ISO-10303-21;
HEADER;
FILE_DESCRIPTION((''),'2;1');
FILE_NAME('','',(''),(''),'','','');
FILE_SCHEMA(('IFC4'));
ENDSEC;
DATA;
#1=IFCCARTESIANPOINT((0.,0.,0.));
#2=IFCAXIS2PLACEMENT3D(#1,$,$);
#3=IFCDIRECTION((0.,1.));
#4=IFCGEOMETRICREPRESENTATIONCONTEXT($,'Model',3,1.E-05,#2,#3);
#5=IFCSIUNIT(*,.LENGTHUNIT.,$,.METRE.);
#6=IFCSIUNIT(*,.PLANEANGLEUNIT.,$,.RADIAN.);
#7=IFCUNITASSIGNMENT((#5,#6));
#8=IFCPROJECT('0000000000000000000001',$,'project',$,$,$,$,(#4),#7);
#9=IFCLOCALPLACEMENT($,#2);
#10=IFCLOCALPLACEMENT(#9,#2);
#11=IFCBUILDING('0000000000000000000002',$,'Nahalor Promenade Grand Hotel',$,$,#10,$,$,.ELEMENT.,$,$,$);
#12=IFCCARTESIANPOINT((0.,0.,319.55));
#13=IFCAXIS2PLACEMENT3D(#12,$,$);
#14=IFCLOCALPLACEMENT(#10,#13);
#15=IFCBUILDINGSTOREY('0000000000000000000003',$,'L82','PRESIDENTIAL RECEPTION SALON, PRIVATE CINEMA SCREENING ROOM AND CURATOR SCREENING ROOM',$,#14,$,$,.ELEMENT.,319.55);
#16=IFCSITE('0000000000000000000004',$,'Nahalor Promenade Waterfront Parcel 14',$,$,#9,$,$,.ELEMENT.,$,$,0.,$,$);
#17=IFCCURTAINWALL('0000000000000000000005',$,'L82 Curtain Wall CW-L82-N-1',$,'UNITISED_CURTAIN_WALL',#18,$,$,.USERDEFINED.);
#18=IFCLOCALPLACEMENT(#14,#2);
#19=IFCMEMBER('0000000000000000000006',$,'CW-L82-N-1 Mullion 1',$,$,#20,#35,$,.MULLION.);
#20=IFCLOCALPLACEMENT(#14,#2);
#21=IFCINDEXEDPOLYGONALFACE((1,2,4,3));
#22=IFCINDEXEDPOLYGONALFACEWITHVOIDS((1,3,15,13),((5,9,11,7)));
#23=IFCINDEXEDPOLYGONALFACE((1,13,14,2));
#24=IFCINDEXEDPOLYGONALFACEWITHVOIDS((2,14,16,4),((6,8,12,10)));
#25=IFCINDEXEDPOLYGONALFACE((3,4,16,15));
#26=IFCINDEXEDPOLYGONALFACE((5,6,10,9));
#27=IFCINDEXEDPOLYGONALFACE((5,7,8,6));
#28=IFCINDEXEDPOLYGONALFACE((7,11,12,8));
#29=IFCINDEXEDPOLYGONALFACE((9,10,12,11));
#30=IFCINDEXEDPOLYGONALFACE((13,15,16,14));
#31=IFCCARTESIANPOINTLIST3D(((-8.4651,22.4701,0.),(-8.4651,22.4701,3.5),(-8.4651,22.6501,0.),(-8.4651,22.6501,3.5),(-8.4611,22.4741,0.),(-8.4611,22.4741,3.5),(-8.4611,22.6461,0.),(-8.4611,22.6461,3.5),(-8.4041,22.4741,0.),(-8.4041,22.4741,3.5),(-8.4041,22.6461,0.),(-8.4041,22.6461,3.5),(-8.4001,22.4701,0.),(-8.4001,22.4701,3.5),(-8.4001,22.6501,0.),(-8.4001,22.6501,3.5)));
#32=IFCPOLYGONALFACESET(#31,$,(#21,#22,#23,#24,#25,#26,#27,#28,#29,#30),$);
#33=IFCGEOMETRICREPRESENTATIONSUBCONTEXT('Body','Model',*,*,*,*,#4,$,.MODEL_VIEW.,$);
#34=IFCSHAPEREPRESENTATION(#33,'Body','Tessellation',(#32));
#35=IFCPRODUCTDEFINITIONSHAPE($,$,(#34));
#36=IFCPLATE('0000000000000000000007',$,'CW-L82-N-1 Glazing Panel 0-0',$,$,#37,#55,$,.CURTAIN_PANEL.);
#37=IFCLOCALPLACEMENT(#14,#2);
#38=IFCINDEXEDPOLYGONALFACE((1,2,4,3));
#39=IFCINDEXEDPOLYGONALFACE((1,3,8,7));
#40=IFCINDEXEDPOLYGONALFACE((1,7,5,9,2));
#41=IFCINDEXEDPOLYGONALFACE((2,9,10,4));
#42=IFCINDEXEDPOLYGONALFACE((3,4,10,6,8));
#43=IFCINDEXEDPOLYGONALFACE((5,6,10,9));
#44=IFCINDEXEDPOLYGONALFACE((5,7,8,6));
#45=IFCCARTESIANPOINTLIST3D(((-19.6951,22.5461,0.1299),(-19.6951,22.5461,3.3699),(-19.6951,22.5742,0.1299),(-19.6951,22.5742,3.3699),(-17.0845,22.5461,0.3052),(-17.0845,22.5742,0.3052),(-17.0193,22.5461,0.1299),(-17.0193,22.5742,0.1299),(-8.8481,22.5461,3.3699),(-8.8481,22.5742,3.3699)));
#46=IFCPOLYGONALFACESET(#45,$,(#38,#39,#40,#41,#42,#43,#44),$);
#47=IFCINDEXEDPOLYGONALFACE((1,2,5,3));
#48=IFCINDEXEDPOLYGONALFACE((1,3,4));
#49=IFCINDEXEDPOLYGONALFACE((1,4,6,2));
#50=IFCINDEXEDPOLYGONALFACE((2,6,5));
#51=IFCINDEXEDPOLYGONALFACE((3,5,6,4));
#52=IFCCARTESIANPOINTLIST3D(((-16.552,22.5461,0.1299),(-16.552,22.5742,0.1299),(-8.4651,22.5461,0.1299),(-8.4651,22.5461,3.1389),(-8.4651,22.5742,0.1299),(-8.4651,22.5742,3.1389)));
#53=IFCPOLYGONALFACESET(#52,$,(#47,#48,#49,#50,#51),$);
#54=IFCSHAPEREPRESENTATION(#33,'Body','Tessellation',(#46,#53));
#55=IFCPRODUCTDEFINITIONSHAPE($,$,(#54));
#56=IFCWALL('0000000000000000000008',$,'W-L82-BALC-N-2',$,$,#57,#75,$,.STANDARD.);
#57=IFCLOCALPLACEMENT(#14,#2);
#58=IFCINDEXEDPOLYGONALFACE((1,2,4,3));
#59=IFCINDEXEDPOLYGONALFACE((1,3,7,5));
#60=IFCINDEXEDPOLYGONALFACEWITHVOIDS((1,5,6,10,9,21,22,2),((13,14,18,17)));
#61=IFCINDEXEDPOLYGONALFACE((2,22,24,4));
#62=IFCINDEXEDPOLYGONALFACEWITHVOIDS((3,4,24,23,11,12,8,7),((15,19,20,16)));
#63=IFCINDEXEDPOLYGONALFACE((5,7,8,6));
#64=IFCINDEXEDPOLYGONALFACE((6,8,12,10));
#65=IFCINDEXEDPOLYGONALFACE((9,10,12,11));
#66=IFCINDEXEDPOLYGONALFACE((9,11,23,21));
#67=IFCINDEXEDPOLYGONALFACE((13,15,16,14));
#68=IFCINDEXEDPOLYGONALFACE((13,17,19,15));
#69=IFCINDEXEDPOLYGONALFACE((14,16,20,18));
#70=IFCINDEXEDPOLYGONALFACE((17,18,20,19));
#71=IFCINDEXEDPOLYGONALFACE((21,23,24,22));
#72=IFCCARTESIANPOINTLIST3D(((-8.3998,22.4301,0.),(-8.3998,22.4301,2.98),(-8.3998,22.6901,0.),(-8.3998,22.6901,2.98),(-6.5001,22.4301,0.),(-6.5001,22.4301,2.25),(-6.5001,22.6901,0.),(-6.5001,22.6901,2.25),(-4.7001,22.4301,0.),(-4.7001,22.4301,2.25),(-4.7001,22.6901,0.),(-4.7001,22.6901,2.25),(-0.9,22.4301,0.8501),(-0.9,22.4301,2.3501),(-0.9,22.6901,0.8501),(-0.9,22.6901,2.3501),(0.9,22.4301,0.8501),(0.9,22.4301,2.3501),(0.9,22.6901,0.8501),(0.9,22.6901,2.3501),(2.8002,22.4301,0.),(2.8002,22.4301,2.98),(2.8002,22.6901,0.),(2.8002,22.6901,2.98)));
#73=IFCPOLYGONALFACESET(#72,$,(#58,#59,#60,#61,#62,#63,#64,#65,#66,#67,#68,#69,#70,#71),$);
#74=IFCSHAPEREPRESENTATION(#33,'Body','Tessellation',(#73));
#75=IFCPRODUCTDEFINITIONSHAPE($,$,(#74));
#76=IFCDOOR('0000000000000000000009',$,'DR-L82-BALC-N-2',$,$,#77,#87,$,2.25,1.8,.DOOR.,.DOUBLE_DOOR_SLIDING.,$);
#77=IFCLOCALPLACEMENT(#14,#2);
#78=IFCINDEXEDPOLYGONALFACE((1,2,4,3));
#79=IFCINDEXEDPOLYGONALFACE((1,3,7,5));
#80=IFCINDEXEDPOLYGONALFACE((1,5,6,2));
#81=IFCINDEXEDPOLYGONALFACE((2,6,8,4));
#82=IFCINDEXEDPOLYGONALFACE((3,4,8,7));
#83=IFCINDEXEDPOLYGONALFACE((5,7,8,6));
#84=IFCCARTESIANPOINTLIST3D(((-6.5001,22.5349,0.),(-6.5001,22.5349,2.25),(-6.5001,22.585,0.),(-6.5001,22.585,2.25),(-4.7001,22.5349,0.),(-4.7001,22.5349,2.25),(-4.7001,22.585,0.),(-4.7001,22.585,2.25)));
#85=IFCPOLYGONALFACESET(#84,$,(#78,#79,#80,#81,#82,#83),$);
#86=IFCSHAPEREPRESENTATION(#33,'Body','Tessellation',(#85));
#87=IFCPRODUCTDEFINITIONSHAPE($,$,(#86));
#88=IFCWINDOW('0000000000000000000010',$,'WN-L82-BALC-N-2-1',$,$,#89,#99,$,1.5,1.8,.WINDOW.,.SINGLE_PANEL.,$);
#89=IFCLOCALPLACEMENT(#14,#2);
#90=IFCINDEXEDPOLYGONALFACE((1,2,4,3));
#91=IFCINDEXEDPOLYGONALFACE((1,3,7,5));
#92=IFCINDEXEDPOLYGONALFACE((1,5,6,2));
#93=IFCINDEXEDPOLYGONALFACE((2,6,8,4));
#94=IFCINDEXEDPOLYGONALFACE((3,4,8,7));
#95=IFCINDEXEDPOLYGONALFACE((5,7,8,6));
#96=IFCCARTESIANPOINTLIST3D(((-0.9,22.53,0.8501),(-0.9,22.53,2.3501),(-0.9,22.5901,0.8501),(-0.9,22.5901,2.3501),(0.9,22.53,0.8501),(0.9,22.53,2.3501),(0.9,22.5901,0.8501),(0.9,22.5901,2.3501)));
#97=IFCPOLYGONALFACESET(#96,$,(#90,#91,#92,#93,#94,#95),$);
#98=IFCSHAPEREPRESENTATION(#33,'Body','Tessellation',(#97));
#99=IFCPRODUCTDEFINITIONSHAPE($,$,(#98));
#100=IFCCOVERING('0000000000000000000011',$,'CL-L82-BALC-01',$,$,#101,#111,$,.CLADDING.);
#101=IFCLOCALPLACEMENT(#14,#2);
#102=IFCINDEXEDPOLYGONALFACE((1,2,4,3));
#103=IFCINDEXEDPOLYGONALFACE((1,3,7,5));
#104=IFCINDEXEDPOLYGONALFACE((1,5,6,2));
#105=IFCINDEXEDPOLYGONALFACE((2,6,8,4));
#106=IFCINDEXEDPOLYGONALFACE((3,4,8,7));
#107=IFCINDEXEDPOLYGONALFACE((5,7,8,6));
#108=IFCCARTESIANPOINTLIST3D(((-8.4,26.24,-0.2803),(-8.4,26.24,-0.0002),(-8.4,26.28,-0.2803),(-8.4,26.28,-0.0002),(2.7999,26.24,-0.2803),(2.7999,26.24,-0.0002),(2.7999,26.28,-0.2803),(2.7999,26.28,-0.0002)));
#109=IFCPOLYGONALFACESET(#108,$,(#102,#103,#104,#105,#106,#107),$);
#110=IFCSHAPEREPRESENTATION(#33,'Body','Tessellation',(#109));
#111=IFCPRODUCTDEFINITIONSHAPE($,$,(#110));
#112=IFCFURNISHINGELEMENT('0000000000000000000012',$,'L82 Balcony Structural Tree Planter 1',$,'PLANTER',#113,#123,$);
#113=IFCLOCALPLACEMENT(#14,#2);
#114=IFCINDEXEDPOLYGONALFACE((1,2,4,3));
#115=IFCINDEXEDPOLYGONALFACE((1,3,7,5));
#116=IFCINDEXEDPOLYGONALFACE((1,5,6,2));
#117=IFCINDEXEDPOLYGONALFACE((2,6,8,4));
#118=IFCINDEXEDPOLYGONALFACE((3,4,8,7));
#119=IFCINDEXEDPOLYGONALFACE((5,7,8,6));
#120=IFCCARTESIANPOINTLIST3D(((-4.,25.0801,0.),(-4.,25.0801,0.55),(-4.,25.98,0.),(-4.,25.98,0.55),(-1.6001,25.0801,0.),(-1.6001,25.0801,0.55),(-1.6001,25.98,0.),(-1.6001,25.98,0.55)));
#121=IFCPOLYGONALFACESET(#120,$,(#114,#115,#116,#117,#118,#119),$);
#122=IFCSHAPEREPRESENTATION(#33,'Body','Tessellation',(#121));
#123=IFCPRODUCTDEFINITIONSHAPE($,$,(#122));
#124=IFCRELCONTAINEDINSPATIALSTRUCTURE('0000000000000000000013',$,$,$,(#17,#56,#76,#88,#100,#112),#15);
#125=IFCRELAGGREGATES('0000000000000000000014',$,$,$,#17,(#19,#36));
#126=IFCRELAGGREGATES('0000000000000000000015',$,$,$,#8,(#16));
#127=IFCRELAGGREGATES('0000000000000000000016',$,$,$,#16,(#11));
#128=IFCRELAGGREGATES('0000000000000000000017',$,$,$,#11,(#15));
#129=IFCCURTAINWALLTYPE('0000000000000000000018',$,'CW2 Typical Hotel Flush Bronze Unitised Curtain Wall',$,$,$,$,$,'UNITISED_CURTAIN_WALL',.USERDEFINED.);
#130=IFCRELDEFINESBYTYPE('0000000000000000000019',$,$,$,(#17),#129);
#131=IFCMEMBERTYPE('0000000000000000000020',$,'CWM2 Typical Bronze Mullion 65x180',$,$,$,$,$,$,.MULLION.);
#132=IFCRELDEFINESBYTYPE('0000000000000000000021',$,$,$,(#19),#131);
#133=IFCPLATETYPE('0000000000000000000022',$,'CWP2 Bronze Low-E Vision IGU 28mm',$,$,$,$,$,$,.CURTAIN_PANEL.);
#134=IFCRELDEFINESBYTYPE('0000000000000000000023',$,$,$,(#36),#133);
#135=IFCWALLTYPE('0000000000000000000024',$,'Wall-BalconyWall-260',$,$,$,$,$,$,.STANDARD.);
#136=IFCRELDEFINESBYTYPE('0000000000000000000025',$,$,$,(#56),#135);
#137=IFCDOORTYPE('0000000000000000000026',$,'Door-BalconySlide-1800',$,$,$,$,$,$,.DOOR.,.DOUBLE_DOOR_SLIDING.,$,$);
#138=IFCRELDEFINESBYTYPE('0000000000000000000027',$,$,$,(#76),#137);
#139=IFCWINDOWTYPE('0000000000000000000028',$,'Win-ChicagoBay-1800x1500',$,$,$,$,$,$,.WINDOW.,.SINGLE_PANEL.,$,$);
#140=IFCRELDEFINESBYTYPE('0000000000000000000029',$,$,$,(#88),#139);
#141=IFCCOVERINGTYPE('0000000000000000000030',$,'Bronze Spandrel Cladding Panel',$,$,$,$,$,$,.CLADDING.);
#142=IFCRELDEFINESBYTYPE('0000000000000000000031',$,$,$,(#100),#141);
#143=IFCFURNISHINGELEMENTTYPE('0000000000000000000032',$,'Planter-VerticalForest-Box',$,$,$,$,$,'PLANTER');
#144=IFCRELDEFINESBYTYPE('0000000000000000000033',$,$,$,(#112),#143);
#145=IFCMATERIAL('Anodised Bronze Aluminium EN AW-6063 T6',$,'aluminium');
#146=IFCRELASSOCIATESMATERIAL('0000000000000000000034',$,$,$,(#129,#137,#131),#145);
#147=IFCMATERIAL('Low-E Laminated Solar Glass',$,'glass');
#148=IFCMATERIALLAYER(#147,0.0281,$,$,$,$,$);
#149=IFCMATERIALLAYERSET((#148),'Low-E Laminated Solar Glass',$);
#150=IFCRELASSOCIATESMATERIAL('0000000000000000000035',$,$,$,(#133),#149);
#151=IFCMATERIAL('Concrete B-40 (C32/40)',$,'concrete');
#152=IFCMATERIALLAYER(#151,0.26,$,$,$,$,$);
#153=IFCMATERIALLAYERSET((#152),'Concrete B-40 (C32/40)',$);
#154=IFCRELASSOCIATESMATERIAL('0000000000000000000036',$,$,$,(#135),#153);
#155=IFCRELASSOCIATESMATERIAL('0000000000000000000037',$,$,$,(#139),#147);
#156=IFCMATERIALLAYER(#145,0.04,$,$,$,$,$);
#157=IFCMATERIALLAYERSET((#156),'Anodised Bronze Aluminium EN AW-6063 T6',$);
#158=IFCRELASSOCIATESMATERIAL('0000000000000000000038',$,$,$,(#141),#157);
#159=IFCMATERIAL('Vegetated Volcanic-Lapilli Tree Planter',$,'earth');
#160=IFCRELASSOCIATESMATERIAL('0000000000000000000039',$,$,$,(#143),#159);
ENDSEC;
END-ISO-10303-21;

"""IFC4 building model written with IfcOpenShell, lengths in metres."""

from ifc_helpers import new_model, si_unit, direction, frame, frame_2d, origin, origin_2d, place, context, subcontext, project, spatial, polyline, rectangle, hollow_rectangle, outline, extrude, source, transform, mapped, material, layer, layer_set, material_profile, profile_set, type_object, element, fill, aggregate, save


model = new_model("IFC4")

# Units and contexts
model_context = context("Model", 3, precision=1e-05, world=origin(), true_north=direction((0.0, 1.0)))
body_context = subcontext(model_context, "Body", "Model", "MODEL_VIEW")
ifc_project = project(units=[si_unit("LENGTHUNIT", "METRE"), si_unit("PLANEANGLEUNIT", "RADIAN")], contexts=[model_context])

# Site, building, storey
site_placement = place(None, origin())
site = spatial("IfcSite", under=ifc_project, at=site_placement, Name="Nahalor Promenade Waterfront Parcel 14", CompositionType="ELEMENT", RefElevation=0.0)
building_placement = place(site_placement, origin())
building = spatial("IfcBuilding", under=site, at=building_placement, Name="Nahalor Promenade Grand Hotel", CompositionType="ELEMENT")
storey_placement = place(building_placement, frame((0.0, 0.0, 319.55)))
storey = spatial("IfcBuildingStorey", under=building, at=storey_placement, Name="L82", Description="PRESIDENTIAL RECEPTION SALON, PRIVATE CINEMA SCREENING ROOM AND CURATOR SCREENING ROOM", CompositionType="ELEMENT", Elevation=319.55)

# Curtain wall, member, plate
ifc_material_1 = material(Name="Anodised Bronze Aluminium EN AW-6063 T6", Category="aluminium")
curtain_wall_type = type_object("IfcCurtainWallType", Name="CW2 Typical Hotel Flush Bronze Unitised Curtain Wall", ElementType="UNITISED_CURTAIN_WALL", PredefinedType="USERDEFINED", material=ifc_material_1)
curtain_wall_placement = place(storey_placement, origin())
curtain_wall = element("IfcCurtainWall", 1, at=curtain_wall_placement, inside=storey, type_object=curtain_wall_type, Name="L82 Curtain Wall CW-L82-N-1", ObjectType="UNITISED_CURTAIN_WALL", PredefinedType="USERDEFINED")
ifc_material_profile_1 = material_profile(ifc_material_1, hollow_rectangle(XDim=0.065, YDim=0.18, WallThickness=0.004, at=origin_2d()), Name="CWM 65x180x4")
ifc_profile_set_1 = profile_set([ifc_material_profile_1], Name="Anodised Bronze Aluminium EN AW-6063 T6")
member_type_1 = type_object("IfcMemberType", Name="CWM2 Typical Bronze Mullion 65x180", PredefinedType="MULLION", material=ifc_profile_set_1)
shared_shape_1 = source(origin(), body_context, "Body", "SweptSolid", [
    extrude(hollow_rectangle(XDim=0.065, YDim=0.18, WallThickness=0.004, at=origin_2d()), origin(), (0.0, 0.0, 1.0), 3.5),
])
member_1_placement = place(storey_placement, frame((-8.4326, 22.5601, 0.0), z_axis=(0.0, 0.0, 1.0), x_axis=(1.0, 0.0, 0.0)))
member_1 = element("IfcMember", 2, at=member_1_placement, type_object=member_type_1, Name="CW-L82-N-1 Mullion 1", PredefinedType="MULLION", context=body_context, shape_type="MappedRepresentation", body=[
    mapped(shared_shape_1, transform((0.0, 0.0, 0.0), scale=1.0)),
])
ifc_material_2 = material(Name="Low-E Laminated Solar Glass", Category="glass")
ifc_layer_1 = layer(ifc_material_2, 0.0281)
ifc_layer_set_1 = layer_set([ifc_layer_1], Name="Low-E Laminated Solar Glass")
plate_type = type_object("IfcPlateType", Name="CWP2 Bronze Low-E Vision IGU 28mm", PredefinedType="CURTAIN_PANEL", material=ifc_layer_set_1)
plate_placement = place(storey_placement, frame((-14.0801, 22.5601, 0.1299), z_axis=(0.0, 0.0, 1.0), x_axis=(1.0, 0.0, 0.0)))
plate = element("IfcPlate", 3, at=plate_placement, type_object=plate_type, Name="CW-L82-N-1 Glazing Panel 0-0", PredefinedType="CURTAIN_PANEL", context=body_context, shape_type="SweptSolid", body=[
    extrude(outline(polyline([(-5.615, 3.24), (-5.615, 0.0), (-2.9392, 0.0), (-3.0044, 0.1753), (5.2319, 3.24), (-5.615, 3.24)])), frame((0.0, 0.0142, 0.0), z_axis=(0.0, -1.0, 0.0), x_axis=(1.0, 0.0, 0.0)), (0.0, 0.0, 1.0), 0.0281),
    extrude(outline(polyline([(-2.4719, 0.0), (5.615, 0.0), (5.615, 3.009), (-2.4719, 0.0)])), frame((0.0, 0.0142, 0.0), z_axis=(0.0, -1.0, 0.0), x_axis=(1.0, 0.0, 0.0)), (0.0, 0.0, 1.0), 0.0281),
])
aggregate(curtain_wall, [member_1, plate])

# Wall, openings, door, window
ifc_material_3 = material(Name="Concrete B-40 (C32/40)", Category="concrete")
ifc_layer_2 = layer(ifc_material_3, 0.26)
ifc_layer_set_2 = layer_set([ifc_layer_2], Name="Concrete B-40 (C32/40)")
wall_type = type_object("IfcWallType", Name="Wall-BalconyWall-260", PredefinedType="STANDARD", material=ifc_layer_set_2)
shared_shape_2 = source(origin(), body_context, "Body", "SweptSolid", [
    extrude(rectangle(XDim=11.2, YDim=0.26, at=frame_2d((5.6001, 0.0))), origin(), (0.0, 0.0, 1.0), 2.98),
])
wall_placement = place(storey_placement, frame((-8.3999, 22.5601, 0.0), z_axis=(0.0, 0.0, 1.0), x_axis=(1.0, 0.0, 0.0)))
wall = element("IfcWall", 4, at=wall_placement, inside=storey, type_object=wall_type, Name="W-L82-BALC-N-2", PredefinedType="STANDARD", context=body_context, shape_type="MappedRepresentation", body=[
    mapped(shared_shape_2, transform((0.0, 0.0, 0.0), scale=1.0)),
])
opening_1_placement = place(wall_placement, frame((1.8999, 0.0, 0.0)))
opening_1 = element("IfcOpeningElement", 5, at=opening_1_placement, cuts=wall, PredefinedType="OPENING", context=body_context, shape_type="SweptSolid", body=[
    extrude(rectangle(XDim=1.8, YDim=2.25, at=frame_2d((0.8999, 1.125))), frame((0.0, 0.1399, 0.0), z_axis=(0.0, -1.0, 0.0), x_axis=(1.0, 0.0, 0.0)), (0.0, 0.0, 1.0), 0.28),
])
opening_2_placement = place(wall_placement, frame((7.5, 0.0, 0.8501)))
opening_2 = element("IfcOpeningElement", 6, at=opening_2_placement, cuts=wall, PredefinedType="OPENING", context=body_context, shape_type="SweptSolid", body=[
    extrude(rectangle(XDim=1.8, YDim=1.5, at=frame_2d((0.8999, 0.75))), frame((0.0, 0.1399, 0.0), z_axis=(0.0, -1.0, 0.0), x_axis=(1.0, 0.0, 0.0)), (0.0, 0.0, 1.0), 0.28),
])
door_type = type_object("IfcDoorType", Name="Door-BalconySlide-1800", OperationType="DOUBLE_DOOR_SLIDING", PredefinedType="DOOR", material=ifc_material_1)
shared_shape_3 = source(origin(), body_context, "Body", "SweptSolid", [
    extrude(rectangle(XDim=1.8, YDim=2.25, at=frame_2d((0.8999, 1.125))), frame((0.0, 0.0249, 0.0), z_axis=(0.0, -1.0, 0.0), x_axis=(1.0, 0.0, 0.0)), (0.0, 0.0, 1.0), 0.05),
])
door_placement = place(opening_1_placement, origin())
door = element("IfcDoor", 7, at=door_placement, inside=storey, type_object=door_type, Name="DR-L82-BALC-N-2", OperationType="DOUBLE_DOOR_SLIDING", OverallHeight=2.25, OverallWidth=1.8, PredefinedType="DOOR", context=body_context, shape_type="MappedRepresentation", body=[
    mapped(shared_shape_3, transform((0.0, 0.0, 0.0), scale=1.0)),
])
fill(opening_1, door)
window_type = type_object("IfcWindowType", Name="Win-ChicagoBay-1800x1500", PartitioningType="SINGLE_PANEL", PredefinedType="WINDOW", material=ifc_material_2)
shared_shape_4 = source(origin(), body_context, "Body", "SweptSolid", [
    extrude(rectangle(XDim=1.8, YDim=1.5, at=frame_2d((0.8999, 0.75))), frame((0.0, 0.03, 0.0), z_axis=(0.0, -1.0, 0.0), x_axis=(1.0, 0.0, 0.0)), (0.0, 0.0, 1.0), 0.0601),
])
window_placement = place(opening_2_placement, origin())
window = element("IfcWindow", 8, at=window_placement, inside=storey, type_object=window_type, Name="WN-L82-BALC-N-2-1", OverallHeight=1.5, OverallWidth=1.8, PartitioningType="SINGLE_PANEL", PredefinedType="WINDOW", context=body_context, shape_type="MappedRepresentation", body=[
    mapped(shared_shape_4, transform((0.0, 0.0, 0.0), scale=1.0)),
])
fill(opening_2, window)

# Covering
ifc_layer_3 = layer(ifc_material_1, 0.04)
ifc_layer_set_3 = layer_set([ifc_layer_3], Name="Anodised Bronze Aluminium EN AW-6063 T6")
covering_type = type_object("IfcCoveringType", Name="Bronze Spandrel Cladding Panel", PredefinedType="CLADDING", material=ifc_layer_set_3)
shared_shape_5 = source(origin(), body_context, "Body", "SweptSolid", [
    extrude(rectangle(XDim=11.2, YDim=0.04, at=origin_2d()), origin(), (0.0, 0.0, 1.0), 0.28),
])
covering_placement = place(storey_placement, frame((-2.8, 26.26, -0.2803), z_axis=(0.0, 0.0, 1.0), x_axis=(1.0, 0.0, 0.0)))
element("IfcCovering", 9, at=covering_placement, inside=storey, type_object=covering_type, Name="CL-L82-BALC-01", PredefinedType="CLADDING", context=body_context, shape_type="MappedRepresentation", body=[
    mapped(shared_shape_5, transform((0.0, 0.0, 0.0), scale=1.0)),
])

# Furnishing element
ifc_material_4 = material(Name="Vegetated Volcanic-Lapilli Tree Planter", Category="earth")
furnishing_element_type = type_object("IfcFurnishingElementType", Name="Planter-VerticalForest-Box", ElementType="PLANTER", material=ifc_material_4)
shared_shape_6 = source(origin(), body_context, "Body", "SweptSolid", [
    extrude(rectangle(XDim=2.3999, YDim=0.8999, at=origin_2d()), origin(), (0.0, 0.0, 1.0), 0.55),
])
furnishing_placement = place(storey_placement, frame((-2.8, 25.53, 0.0), z_axis=(0.0, 0.0, 1.0), x_axis=(1.0, 0.0, 0.0)))
element("IfcFurnishingElement", 10, at=furnishing_placement, inside=storey, type_object=furnishing_element_type, Name="L82 Balcony Structural Tree Planter 1", ObjectType="PLANTER", context=body_context, shape_type="MappedRepresentation", body=[
    mapped(shared_shape_6, transform((0.0, 0.0, 0.0), scale=1.0)),
])

save(model, "model.ifc")
